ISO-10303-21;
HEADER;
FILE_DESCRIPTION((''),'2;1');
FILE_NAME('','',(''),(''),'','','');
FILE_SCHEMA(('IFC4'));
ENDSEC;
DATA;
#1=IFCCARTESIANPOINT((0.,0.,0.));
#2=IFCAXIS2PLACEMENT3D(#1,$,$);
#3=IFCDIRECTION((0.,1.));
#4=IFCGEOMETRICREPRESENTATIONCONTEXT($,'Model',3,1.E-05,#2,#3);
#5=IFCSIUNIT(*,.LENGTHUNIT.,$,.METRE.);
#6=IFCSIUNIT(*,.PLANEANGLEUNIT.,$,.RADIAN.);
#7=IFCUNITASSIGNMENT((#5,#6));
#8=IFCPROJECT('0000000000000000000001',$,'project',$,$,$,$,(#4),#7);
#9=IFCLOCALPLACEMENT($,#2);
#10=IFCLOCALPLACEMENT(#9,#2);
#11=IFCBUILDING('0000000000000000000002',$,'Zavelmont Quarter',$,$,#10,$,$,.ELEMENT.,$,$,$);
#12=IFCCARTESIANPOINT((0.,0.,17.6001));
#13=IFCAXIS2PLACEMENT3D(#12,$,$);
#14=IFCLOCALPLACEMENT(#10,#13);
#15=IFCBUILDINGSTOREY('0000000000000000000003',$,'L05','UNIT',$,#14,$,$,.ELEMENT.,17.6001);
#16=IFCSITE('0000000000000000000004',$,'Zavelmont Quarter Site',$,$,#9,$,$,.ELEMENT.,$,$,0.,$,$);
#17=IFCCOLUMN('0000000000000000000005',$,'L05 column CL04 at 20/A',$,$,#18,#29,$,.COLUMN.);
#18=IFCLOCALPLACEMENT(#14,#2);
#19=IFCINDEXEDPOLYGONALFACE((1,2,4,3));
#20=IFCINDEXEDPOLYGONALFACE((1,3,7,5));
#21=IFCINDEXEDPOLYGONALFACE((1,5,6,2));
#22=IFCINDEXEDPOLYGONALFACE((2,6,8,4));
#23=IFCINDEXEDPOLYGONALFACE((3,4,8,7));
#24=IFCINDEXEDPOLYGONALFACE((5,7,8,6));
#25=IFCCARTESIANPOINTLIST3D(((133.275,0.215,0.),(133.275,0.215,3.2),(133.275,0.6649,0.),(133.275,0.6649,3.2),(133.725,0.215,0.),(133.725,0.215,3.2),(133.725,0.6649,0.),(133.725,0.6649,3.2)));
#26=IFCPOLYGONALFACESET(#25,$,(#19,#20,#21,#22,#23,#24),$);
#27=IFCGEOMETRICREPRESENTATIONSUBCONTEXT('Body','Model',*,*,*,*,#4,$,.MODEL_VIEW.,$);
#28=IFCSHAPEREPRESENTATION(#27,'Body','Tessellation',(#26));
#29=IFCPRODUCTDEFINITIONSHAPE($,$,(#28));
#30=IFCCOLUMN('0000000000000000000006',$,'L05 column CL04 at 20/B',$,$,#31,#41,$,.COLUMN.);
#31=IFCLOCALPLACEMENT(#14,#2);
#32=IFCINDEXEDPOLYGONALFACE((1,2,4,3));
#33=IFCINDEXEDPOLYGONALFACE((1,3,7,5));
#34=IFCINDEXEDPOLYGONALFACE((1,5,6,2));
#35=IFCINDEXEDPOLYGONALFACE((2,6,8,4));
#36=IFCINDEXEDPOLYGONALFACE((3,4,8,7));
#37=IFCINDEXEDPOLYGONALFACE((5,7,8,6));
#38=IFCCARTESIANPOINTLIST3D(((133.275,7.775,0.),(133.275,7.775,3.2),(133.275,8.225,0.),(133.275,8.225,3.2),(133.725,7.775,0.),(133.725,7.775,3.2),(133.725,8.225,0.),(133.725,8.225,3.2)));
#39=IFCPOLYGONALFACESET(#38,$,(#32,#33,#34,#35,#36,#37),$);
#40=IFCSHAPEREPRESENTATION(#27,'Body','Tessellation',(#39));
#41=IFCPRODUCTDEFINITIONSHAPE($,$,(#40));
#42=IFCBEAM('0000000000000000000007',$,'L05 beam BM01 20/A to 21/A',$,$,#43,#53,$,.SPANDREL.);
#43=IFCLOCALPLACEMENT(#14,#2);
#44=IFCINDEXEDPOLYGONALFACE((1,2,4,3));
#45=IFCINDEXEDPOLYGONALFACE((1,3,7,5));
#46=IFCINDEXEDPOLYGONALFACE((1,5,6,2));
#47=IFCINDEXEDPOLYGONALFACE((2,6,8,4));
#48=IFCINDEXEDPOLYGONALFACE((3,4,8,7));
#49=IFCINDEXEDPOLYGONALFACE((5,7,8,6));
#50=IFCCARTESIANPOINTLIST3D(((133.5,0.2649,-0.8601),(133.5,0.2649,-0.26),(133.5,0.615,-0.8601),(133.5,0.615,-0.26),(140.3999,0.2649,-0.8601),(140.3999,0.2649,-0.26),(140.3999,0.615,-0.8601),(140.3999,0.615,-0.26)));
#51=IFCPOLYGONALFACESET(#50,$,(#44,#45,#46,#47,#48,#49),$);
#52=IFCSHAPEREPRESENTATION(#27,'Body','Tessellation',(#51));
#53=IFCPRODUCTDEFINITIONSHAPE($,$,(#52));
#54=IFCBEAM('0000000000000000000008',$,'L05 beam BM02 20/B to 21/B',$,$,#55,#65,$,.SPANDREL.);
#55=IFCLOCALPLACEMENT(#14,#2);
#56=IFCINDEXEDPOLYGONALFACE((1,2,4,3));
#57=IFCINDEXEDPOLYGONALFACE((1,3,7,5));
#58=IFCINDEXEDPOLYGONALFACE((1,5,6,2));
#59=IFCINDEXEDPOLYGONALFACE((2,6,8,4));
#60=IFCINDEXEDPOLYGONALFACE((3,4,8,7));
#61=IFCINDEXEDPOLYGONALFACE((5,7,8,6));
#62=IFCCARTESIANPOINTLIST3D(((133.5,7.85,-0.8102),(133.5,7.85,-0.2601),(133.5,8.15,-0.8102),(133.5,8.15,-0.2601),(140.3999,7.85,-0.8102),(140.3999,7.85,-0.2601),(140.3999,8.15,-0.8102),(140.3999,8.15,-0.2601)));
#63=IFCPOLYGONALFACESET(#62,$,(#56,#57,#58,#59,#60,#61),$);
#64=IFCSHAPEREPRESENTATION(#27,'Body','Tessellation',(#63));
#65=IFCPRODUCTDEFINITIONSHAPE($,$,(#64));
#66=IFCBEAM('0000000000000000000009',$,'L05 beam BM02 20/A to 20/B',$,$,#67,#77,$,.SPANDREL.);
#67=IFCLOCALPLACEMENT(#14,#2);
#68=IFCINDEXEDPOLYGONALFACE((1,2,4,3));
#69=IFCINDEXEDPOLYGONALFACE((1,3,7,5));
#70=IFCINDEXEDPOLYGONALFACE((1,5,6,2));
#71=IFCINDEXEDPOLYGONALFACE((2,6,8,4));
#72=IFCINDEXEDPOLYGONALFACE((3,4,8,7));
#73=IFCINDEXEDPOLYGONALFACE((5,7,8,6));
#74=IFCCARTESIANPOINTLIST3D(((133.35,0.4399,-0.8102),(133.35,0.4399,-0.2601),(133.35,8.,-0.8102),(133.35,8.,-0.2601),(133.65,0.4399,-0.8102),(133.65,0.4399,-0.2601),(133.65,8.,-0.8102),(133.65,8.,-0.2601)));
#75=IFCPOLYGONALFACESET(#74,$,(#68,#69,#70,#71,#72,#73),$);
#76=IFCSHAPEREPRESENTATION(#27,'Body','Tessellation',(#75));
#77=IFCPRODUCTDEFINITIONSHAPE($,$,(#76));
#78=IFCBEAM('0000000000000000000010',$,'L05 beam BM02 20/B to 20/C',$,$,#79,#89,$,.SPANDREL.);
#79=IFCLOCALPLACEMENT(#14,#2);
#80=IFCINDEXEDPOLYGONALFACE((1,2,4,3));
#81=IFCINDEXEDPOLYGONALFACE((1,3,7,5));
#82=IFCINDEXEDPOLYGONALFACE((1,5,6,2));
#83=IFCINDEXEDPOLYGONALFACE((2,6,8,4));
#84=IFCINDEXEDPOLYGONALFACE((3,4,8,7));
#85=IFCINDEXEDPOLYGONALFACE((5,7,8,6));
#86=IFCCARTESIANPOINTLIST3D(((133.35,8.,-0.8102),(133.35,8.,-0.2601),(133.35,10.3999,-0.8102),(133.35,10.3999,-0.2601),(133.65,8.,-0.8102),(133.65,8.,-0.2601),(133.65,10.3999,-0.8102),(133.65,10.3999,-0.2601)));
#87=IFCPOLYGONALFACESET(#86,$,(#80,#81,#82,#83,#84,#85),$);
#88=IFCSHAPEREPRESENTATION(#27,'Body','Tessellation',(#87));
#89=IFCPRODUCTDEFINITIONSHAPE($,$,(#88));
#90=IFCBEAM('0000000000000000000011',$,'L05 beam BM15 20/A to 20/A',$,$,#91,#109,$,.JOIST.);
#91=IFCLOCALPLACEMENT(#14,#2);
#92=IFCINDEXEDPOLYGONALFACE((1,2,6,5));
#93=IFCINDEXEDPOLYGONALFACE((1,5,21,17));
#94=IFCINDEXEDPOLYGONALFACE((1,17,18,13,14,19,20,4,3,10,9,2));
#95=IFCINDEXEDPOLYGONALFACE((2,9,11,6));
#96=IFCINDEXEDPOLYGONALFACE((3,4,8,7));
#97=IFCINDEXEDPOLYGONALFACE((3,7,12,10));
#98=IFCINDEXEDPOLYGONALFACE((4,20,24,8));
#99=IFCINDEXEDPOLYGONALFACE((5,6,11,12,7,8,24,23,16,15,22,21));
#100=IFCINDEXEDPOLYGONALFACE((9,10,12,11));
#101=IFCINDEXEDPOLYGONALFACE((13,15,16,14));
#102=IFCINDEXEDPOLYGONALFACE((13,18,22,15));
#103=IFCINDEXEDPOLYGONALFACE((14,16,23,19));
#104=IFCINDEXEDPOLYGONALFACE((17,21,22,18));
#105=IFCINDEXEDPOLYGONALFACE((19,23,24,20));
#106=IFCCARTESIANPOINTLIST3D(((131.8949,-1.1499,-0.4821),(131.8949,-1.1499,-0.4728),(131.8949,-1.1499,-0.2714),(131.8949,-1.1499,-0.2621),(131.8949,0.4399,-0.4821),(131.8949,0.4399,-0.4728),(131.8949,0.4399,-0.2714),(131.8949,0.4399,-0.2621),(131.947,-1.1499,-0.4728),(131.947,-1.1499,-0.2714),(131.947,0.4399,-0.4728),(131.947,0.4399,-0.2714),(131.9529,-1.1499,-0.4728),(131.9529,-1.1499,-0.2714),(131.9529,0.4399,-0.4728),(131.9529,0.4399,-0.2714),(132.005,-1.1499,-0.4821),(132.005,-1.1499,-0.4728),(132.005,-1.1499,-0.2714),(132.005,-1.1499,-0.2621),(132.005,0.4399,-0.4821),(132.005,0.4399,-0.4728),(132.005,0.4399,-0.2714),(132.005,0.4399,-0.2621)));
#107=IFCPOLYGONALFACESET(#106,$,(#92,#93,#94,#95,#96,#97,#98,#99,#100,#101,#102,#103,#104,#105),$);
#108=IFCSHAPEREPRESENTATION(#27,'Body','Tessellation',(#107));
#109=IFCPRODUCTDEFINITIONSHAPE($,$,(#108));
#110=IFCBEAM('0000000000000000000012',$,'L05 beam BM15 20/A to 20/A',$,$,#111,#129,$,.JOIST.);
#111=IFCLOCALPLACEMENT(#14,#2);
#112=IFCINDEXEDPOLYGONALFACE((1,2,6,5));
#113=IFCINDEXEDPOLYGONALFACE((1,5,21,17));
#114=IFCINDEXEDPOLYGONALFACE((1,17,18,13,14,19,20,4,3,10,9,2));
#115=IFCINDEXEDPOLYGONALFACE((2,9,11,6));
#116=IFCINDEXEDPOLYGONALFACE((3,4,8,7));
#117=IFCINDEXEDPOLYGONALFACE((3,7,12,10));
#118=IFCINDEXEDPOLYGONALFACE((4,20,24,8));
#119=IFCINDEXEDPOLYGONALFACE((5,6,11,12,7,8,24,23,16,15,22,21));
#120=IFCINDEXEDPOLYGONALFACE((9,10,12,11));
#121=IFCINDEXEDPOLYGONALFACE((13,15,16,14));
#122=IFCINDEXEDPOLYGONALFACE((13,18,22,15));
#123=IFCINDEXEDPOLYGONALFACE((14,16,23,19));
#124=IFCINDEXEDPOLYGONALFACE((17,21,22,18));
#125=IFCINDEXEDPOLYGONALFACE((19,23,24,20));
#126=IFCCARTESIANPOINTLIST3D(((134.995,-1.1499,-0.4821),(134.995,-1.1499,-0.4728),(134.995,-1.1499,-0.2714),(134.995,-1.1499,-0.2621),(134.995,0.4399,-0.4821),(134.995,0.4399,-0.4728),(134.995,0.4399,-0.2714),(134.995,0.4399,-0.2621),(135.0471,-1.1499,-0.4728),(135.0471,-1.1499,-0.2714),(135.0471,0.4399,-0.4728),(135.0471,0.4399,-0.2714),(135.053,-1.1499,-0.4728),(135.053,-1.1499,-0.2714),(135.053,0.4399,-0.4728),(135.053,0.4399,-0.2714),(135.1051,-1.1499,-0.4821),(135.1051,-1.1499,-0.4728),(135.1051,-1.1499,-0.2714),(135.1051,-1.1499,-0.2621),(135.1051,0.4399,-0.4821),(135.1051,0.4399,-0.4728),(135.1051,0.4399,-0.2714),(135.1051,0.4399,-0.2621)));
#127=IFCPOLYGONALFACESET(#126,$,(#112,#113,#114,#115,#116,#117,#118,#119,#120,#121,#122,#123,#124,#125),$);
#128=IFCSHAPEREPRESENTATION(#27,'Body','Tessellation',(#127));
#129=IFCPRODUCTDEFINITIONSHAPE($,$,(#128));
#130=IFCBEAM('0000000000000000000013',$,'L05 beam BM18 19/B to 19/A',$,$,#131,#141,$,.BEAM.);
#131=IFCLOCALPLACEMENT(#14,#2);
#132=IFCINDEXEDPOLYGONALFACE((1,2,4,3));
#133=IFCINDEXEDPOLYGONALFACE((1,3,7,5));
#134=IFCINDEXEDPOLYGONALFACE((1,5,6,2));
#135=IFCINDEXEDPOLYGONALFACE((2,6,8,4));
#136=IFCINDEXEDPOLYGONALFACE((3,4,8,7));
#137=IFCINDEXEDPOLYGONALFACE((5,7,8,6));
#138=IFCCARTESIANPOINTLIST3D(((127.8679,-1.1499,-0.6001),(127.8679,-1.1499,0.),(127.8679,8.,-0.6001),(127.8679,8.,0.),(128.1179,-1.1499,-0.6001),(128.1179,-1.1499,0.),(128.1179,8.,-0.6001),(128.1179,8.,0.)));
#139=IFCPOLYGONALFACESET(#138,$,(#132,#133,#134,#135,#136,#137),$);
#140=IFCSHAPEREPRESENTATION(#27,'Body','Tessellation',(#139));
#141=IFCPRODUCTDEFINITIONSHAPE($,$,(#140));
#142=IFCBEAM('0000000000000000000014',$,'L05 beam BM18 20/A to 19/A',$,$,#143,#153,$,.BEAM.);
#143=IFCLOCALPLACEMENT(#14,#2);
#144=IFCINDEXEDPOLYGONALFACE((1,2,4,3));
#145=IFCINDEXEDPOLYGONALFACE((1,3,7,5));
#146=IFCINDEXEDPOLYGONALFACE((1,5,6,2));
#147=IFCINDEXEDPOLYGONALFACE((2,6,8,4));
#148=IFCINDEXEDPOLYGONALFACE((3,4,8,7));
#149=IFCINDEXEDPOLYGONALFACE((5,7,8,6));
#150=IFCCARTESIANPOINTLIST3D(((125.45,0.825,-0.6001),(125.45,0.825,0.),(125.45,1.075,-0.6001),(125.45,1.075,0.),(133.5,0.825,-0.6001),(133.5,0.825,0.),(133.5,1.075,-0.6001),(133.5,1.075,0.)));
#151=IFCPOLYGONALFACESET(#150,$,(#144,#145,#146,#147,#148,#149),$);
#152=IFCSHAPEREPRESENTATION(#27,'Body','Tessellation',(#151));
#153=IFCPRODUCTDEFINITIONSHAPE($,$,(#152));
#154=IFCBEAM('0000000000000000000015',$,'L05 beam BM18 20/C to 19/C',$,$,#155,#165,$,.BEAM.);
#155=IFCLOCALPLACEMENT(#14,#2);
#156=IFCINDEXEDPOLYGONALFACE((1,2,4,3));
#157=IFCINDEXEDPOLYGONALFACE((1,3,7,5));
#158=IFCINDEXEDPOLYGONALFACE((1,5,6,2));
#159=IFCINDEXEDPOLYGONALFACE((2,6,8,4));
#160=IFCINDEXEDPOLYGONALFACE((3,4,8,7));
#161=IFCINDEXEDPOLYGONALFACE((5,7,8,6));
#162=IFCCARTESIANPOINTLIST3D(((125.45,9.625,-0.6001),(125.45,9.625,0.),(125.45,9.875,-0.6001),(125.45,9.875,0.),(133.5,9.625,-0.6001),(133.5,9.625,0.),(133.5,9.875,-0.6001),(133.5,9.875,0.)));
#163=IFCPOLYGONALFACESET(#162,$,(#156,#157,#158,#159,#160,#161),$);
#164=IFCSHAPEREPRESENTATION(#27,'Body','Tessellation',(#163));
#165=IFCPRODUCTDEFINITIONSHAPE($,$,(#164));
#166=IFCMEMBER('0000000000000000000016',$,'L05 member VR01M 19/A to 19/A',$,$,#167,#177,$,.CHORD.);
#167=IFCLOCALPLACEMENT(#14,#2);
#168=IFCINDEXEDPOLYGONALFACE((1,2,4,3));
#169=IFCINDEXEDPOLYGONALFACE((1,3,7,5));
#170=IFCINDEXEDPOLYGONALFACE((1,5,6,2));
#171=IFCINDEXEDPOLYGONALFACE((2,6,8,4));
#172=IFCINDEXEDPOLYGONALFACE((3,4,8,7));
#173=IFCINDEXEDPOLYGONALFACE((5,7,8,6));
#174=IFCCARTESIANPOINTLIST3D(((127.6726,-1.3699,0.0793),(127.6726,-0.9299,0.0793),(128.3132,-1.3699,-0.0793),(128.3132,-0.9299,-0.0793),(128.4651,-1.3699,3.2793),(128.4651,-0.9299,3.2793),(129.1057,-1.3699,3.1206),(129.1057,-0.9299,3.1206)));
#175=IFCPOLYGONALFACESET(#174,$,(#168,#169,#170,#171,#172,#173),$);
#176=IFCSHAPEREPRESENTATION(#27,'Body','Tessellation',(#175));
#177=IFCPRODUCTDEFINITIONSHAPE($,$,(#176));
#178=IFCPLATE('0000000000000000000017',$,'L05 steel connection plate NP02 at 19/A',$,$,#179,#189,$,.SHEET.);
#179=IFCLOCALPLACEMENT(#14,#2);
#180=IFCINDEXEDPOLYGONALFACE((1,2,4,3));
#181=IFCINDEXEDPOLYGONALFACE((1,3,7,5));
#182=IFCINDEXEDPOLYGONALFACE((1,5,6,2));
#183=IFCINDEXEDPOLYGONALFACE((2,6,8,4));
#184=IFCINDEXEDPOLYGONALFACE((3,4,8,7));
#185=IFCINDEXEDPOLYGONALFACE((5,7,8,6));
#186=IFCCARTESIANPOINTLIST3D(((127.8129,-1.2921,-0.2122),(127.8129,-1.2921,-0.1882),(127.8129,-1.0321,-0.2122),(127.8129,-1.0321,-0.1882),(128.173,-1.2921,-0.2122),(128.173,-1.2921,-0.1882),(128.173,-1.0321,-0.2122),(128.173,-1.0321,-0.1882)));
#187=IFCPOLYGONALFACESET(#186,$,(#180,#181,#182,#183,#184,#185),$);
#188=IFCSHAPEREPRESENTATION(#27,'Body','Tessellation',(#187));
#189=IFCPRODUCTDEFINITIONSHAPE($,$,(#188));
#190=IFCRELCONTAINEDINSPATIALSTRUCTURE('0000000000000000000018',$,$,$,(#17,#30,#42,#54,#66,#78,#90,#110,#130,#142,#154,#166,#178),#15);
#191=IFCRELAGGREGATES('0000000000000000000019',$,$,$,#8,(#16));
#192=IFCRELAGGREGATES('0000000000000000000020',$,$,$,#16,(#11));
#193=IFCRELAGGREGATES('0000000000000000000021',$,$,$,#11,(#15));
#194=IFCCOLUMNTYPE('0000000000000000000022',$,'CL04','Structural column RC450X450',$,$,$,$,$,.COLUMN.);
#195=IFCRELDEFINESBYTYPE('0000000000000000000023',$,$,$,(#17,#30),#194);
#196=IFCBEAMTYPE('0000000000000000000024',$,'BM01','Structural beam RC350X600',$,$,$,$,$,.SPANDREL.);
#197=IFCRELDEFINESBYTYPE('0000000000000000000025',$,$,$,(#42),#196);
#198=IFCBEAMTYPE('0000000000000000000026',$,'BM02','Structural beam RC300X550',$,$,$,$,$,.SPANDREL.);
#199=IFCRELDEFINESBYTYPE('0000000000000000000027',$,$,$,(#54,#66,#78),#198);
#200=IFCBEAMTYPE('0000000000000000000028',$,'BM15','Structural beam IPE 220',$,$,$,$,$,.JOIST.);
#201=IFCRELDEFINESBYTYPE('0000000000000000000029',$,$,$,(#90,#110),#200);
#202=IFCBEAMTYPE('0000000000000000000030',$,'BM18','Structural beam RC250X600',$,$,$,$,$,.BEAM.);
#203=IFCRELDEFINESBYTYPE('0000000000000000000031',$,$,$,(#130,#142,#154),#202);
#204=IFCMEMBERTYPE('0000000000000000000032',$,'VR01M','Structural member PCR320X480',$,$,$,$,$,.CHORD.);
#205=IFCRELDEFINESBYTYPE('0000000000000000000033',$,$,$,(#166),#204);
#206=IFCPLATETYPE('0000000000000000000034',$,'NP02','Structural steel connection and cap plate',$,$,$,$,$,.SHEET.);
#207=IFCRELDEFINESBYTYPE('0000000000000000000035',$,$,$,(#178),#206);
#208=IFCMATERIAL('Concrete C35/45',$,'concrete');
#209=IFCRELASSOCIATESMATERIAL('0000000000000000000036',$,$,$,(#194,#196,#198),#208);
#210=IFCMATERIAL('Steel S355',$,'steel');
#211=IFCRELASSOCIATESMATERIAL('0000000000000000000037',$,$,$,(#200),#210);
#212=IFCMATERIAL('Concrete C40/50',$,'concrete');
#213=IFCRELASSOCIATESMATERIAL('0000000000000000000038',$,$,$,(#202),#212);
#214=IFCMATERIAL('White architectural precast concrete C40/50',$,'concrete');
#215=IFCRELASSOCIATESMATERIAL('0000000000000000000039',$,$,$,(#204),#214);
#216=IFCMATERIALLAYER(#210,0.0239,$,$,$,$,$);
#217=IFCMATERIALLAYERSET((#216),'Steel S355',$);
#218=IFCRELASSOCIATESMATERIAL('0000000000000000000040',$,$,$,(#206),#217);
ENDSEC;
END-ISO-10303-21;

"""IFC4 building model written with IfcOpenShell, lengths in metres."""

from ifc_helpers import new_model, si_unit, direction, frame, origin, origin_2d, place, context, subcontext, project, spatial, rectangle, i_section, extrude, material, layer, layer_set, material_profile, profile_set, type_object, element, save


model = new_model("IFC4")

# Units and contexts
model_context = context("Model", 3, precision=1e-05, world=origin(), true_north=direction((0.0, 1.0)))
body_context = subcontext(model_context, "Body", "Model", "MODEL_VIEW")
ifc_project = project(units=[si_unit("LENGTHUNIT", "METRE"), si_unit("PLANEANGLEUNIT", "RADIAN")], contexts=[model_context])

# Site, building, storey
site_placement = place(None, origin())
site = spatial("IfcSite", under=ifc_project, at=site_placement, Name="Zavelmont Quarter Site", CompositionType="ELEMENT", RefElevation=0.0)
building_placement = place(site_placement, origin())
building = spatial("IfcBuilding", under=site, at=building_placement, Name="Zavelmont Quarter", CompositionType="ELEMENT")
storey_placement = place(building_placement, frame((0.0, 0.0, 17.6001)))
storey = spatial("IfcBuildingStorey", under=building, at=storey_placement, Name="L05", Description="UNIT", CompositionType="ELEMENT", Elevation=17.6001)

# Columns
ifc_material_1 = material(Name="Concrete C35/45", Category="concrete")
ifc_material_profile_1 = material_profile(ifc_material_1, rectangle(XDim=0.45, YDim=0.45, at=origin_2d()), Name="RC450X450")
ifc_profile_set_1 = profile_set([ifc_material_profile_1], Name="Concrete C35/45")
column_type = type_object("IfcColumnType", Name="CL04", Description="Structural column RC450X450", PredefinedType="COLUMN", material=ifc_profile_set_1)
for number, where, z_axis, x_axis, name in (
    (1, (133.5, 0.4399, 0.0), (0.0, 0.0, 1.0), (1.0, 0.0, 0.0), "L05 column CL04 at 20/A"),
    (2, (133.5, 8.0, 0.0), (0.0, 0.0, 1.0), (1.0, 0.0, 0.0), "L05 column CL04 at 20/B"),
):
    element("IfcColumn", number, at=place(storey_placement, frame(where, z_axis=z_axis, x_axis=x_axis)), inside=storey, type_object=column_type, Name=name, PredefinedType="COLUMN", context=body_context, shape_type="SweptSolid", body=[
        extrude(rectangle(XDim=0.45, YDim=0.45, at=origin_2d()), origin(), (0.0, 0.0, 1.0), 3.2),
    ])

# Beams
ifc_material_profile_2 = material_profile(ifc_material_1, rectangle(XDim=0.3501, YDim=0.6001, at=origin_2d()), Name="RC350X600")
ifc_profile_set_2 = profile_set([ifc_material_profile_2], Name="Concrete C35/45")
beam_type_1 = type_object("IfcBeamType", Name="BM01", Description="Structural beam RC350X600", PredefinedType="SPANDREL", material=ifc_profile_set_2)
beam_1_placement = place(storey_placement, frame((133.5, 0.4399, -0.5601), z_axis=(1.0, 0.0, 0.0), x_axis=(0.0, 1.0, 0.0)))
element("IfcBeam", 3, at=beam_1_placement, inside=storey, type_object=beam_type_1, Name="L05 beam BM01 20/A to 21/A", PredefinedType="SPANDREL", context=body_context, shape_type="SweptSolid", body=[
    extrude(rectangle(XDim=0.3501, YDim=0.6001, at=origin_2d()), origin(), (0.0, 0.0, 1.0), 6.8999),
])
ifc_material_profile_3 = material_profile(ifc_material_1, rectangle(XDim=0.3, YDim=0.55, at=origin_2d()), Name="RC300X550")
ifc_profile_set_3 = profile_set([ifc_material_profile_3], Name="Concrete C35/45")
beam_type_2 = type_object("IfcBeamType", Name="BM02", Description="Structural beam RC300X550", PredefinedType="SPANDREL", material=ifc_profile_set_3)
beam_2_placement = place(storey_placement, frame((133.5, 8.0, -0.5352), z_axis=(1.0, 0.0, 0.0), x_axis=(0.0, 1.0, 0.0)))
element("IfcBeam", 4, at=beam_2_placement, inside=storey, type_object=beam_type_2, Name="L05 beam BM02 20/B to 21/B", PredefinedType="SPANDREL", context=body_context, shape_type="SweptSolid", body=[
    extrude(rectangle(XDim=0.3, YDim=0.55, at=origin_2d()), origin(), (0.0, 0.0, 1.0), 6.8999),
])
beam_3_placement = place(storey_placement, frame((133.5, 0.4399, -0.5352), z_axis=(0.0, 1.0, 0.0), x_axis=(-1.0, 0.0, 0.0)))
element("IfcBeam", 5, at=beam_3_placement, inside=storey, type_object=beam_type_2, Name="L05 beam BM02 20/A to 20/B", PredefinedType="SPANDREL", context=body_context, shape_type="SweptSolid", body=[
    extrude(rectangle(XDim=0.3, YDim=0.55, at=origin_2d()), origin(), (0.0, 0.0, 1.0), 7.5601),
])
beam_4_placement = place(storey_placement, frame((133.5, 8.0, -0.5352), z_axis=(0.0, 1.0, 0.0), x_axis=(-1.0, 0.0, 0.0)))
element("IfcBeam", 6, at=beam_4_placement, inside=storey, type_object=beam_type_2, Name="L05 beam BM02 20/B to 20/C", PredefinedType="SPANDREL", context=body_context, shape_type="SweptSolid", body=[
    extrude(rectangle(XDim=0.3, YDim=0.55, at=origin_2d()), origin(), (0.0, 0.0, 1.0), 2.3999),
])
ifc_material_2 = material(Name="Steel S355", Category="steel")
ifc_material_profile_4 = material_profile(ifc_material_2, i_section(OverallWidth=0.1101, OverallDepth=0.22, WebThickness=0.0059, FlangeThickness=0.0093, at=origin_2d()), Name="IPE 220")
ifc_profile_set_4 = profile_set([ifc_material_profile_4], Name="Steel S355")
beam_type_3 = type_object("IfcBeamType", Name="BM15", Description="Structural beam IPE 220", PredefinedType="JOIST", material=ifc_profile_set_4)
for number, where, z_axis, x_axis, name in (
    (7, (131.95, 0.4399, -0.3721), (0.0, -1.0, 0.0), (1.0, 0.0, 0.0), "L05 beam BM15 20/A to 20/A"),
    (8, (135.05, 0.4399, -0.3721), (0.0, -1.0, 0.0), (1.0, 0.0, 0.0), "L05 beam BM15 20/A to 20/A"),
):
    element("IfcBeam", number, at=place(storey_placement, frame(where, z_axis=z_axis, x_axis=x_axis)), inside=storey, type_object=beam_type_3, Name=name, PredefinedType="JOIST", context=body_context, shape_type="SweptSolid", body=[
        extrude(i_section(OverallWidth=0.1101, OverallDepth=0.22, WebThickness=0.0059, FlangeThickness=0.0093, at=origin_2d()), origin(), (0.0, 0.0, 1.0), 1.5898),
    ])
ifc_material_3 = material(Name="Concrete C40/50", Category="concrete")
ifc_material_profile_5 = material_profile(ifc_material_3, rectangle(XDim=0.25, YDim=0.6001, at=origin_2d()), Name="RC250X600")
ifc_profile_set_5 = profile_set([ifc_material_profile_5], Name="Concrete C40/50")
beam_type_4 = type_object("IfcBeamType", Name="BM18", Description="Structural beam RC250X600", PredefinedType="BEAM", material=ifc_profile_set_5)
beam_5_placement = place(storey_placement, frame((127.9929, 8.0, -0.3), z_axis=(0.0, -1.0, 0.0), x_axis=(1.0, 0.0, 0.0)))
element("IfcBeam", 9, at=beam_5_placement, inside=storey, type_object=beam_type_4, Name="L05 beam BM18 19/B to 19/A", PredefinedType="BEAM", context=body_context, shape_type="SweptSolid", body=[
    extrude(rectangle(XDim=0.25, YDim=0.6001, at=origin_2d()), origin(), (0.0, 0.0, 1.0), 9.1499),
])
for number, where, z_axis, x_axis, name in (
    (10, (133.5, 0.95, -0.3), (-1.0, 0.0, 0.0), (0.0, -1.0, 0.0), "L05 beam BM18 20/A to 19/A"),
    (11, (133.5, 9.75, -0.3), (-1.0, 0.0, 0.0), (0.0, -1.0, 0.0), "L05 beam BM18 20/C to 19/C"),
):
    element("IfcBeam", number, at=place(storey_placement, frame(where, z_axis=z_axis, x_axis=x_axis)), inside=storey, type_object=beam_type_4, Name=name, PredefinedType="BEAM", context=body_context, shape_type="SweptSolid", body=[
        extrude(rectangle(XDim=0.25, YDim=0.6001, at=origin_2d()), origin(), (0.0, 0.0, 1.0), 8.05),
    ])

# Member
ifc_material_4 = material(Name="White architectural precast concrete C40/50", Category="concrete")
ifc_material_profile_6 = material_profile(ifc_material_4, rectangle(XDim=0.4399, YDim=0.6599, at=origin_2d()), Name="PCR320X480")
ifc_profile_set_6 = profile_set([ifc_material_profile_6], Name="White architectural precast concrete C40/50")
member_type = type_object("IfcMemberType", Name="VR01M", Description="Structural member PCR320X480", PredefinedType="CHORD", material=ifc_profile_set_6)
member_placement = place(storey_placement, frame((127.9929, -1.1499, 0.0), z_axis=(0.240392, 0.0, 0.970676), x_axis=(0.0, 1.0, 0.0)))
element("IfcMember", 12, at=member_placement, inside=storey, type_object=member_type, Name="L05 member VR01M 19/A to 19/A", PredefinedType="CHORD", context=body_context, shape_type="SweptSolid", body=[
    extrude(rectangle(XDim=0.4399, YDim=0.6599, at=origin_2d()), origin(), (0.0, 0.0, 1.0), 3.2966),
])

# Plate
ifc_layer_1 = layer(ifc_material_2, 0.0239)
ifc_layer_set_1 = layer_set([ifc_layer_1], Name="Steel S355")
plate_type = type_object("IfcPlateType", Name="NP02", Description="Structural steel connection and cap plate", PredefinedType="SHEET", material=ifc_layer_set_1)
plate_placement = place(storey_placement, frame((127.9929, -1.1621, -0.2122), z_axis=(0.0, 0.0, 1.0), x_axis=(1.0, 0.0, 0.0)))
element("IfcPlate", 13, at=plate_placement, inside=storey, type_object=plate_type, Name="L05 steel connection plate NP02 at 19/A", PredefinedType="SHEET", context=body_context, shape_type="SweptSolid", body=[
    extrude(rectangle(XDim=0.3601, YDim=0.26, at=origin_2d()), origin(), (0.0, 0.0, 1.0), 0.0239),
])

save(model, "model.ifc")
